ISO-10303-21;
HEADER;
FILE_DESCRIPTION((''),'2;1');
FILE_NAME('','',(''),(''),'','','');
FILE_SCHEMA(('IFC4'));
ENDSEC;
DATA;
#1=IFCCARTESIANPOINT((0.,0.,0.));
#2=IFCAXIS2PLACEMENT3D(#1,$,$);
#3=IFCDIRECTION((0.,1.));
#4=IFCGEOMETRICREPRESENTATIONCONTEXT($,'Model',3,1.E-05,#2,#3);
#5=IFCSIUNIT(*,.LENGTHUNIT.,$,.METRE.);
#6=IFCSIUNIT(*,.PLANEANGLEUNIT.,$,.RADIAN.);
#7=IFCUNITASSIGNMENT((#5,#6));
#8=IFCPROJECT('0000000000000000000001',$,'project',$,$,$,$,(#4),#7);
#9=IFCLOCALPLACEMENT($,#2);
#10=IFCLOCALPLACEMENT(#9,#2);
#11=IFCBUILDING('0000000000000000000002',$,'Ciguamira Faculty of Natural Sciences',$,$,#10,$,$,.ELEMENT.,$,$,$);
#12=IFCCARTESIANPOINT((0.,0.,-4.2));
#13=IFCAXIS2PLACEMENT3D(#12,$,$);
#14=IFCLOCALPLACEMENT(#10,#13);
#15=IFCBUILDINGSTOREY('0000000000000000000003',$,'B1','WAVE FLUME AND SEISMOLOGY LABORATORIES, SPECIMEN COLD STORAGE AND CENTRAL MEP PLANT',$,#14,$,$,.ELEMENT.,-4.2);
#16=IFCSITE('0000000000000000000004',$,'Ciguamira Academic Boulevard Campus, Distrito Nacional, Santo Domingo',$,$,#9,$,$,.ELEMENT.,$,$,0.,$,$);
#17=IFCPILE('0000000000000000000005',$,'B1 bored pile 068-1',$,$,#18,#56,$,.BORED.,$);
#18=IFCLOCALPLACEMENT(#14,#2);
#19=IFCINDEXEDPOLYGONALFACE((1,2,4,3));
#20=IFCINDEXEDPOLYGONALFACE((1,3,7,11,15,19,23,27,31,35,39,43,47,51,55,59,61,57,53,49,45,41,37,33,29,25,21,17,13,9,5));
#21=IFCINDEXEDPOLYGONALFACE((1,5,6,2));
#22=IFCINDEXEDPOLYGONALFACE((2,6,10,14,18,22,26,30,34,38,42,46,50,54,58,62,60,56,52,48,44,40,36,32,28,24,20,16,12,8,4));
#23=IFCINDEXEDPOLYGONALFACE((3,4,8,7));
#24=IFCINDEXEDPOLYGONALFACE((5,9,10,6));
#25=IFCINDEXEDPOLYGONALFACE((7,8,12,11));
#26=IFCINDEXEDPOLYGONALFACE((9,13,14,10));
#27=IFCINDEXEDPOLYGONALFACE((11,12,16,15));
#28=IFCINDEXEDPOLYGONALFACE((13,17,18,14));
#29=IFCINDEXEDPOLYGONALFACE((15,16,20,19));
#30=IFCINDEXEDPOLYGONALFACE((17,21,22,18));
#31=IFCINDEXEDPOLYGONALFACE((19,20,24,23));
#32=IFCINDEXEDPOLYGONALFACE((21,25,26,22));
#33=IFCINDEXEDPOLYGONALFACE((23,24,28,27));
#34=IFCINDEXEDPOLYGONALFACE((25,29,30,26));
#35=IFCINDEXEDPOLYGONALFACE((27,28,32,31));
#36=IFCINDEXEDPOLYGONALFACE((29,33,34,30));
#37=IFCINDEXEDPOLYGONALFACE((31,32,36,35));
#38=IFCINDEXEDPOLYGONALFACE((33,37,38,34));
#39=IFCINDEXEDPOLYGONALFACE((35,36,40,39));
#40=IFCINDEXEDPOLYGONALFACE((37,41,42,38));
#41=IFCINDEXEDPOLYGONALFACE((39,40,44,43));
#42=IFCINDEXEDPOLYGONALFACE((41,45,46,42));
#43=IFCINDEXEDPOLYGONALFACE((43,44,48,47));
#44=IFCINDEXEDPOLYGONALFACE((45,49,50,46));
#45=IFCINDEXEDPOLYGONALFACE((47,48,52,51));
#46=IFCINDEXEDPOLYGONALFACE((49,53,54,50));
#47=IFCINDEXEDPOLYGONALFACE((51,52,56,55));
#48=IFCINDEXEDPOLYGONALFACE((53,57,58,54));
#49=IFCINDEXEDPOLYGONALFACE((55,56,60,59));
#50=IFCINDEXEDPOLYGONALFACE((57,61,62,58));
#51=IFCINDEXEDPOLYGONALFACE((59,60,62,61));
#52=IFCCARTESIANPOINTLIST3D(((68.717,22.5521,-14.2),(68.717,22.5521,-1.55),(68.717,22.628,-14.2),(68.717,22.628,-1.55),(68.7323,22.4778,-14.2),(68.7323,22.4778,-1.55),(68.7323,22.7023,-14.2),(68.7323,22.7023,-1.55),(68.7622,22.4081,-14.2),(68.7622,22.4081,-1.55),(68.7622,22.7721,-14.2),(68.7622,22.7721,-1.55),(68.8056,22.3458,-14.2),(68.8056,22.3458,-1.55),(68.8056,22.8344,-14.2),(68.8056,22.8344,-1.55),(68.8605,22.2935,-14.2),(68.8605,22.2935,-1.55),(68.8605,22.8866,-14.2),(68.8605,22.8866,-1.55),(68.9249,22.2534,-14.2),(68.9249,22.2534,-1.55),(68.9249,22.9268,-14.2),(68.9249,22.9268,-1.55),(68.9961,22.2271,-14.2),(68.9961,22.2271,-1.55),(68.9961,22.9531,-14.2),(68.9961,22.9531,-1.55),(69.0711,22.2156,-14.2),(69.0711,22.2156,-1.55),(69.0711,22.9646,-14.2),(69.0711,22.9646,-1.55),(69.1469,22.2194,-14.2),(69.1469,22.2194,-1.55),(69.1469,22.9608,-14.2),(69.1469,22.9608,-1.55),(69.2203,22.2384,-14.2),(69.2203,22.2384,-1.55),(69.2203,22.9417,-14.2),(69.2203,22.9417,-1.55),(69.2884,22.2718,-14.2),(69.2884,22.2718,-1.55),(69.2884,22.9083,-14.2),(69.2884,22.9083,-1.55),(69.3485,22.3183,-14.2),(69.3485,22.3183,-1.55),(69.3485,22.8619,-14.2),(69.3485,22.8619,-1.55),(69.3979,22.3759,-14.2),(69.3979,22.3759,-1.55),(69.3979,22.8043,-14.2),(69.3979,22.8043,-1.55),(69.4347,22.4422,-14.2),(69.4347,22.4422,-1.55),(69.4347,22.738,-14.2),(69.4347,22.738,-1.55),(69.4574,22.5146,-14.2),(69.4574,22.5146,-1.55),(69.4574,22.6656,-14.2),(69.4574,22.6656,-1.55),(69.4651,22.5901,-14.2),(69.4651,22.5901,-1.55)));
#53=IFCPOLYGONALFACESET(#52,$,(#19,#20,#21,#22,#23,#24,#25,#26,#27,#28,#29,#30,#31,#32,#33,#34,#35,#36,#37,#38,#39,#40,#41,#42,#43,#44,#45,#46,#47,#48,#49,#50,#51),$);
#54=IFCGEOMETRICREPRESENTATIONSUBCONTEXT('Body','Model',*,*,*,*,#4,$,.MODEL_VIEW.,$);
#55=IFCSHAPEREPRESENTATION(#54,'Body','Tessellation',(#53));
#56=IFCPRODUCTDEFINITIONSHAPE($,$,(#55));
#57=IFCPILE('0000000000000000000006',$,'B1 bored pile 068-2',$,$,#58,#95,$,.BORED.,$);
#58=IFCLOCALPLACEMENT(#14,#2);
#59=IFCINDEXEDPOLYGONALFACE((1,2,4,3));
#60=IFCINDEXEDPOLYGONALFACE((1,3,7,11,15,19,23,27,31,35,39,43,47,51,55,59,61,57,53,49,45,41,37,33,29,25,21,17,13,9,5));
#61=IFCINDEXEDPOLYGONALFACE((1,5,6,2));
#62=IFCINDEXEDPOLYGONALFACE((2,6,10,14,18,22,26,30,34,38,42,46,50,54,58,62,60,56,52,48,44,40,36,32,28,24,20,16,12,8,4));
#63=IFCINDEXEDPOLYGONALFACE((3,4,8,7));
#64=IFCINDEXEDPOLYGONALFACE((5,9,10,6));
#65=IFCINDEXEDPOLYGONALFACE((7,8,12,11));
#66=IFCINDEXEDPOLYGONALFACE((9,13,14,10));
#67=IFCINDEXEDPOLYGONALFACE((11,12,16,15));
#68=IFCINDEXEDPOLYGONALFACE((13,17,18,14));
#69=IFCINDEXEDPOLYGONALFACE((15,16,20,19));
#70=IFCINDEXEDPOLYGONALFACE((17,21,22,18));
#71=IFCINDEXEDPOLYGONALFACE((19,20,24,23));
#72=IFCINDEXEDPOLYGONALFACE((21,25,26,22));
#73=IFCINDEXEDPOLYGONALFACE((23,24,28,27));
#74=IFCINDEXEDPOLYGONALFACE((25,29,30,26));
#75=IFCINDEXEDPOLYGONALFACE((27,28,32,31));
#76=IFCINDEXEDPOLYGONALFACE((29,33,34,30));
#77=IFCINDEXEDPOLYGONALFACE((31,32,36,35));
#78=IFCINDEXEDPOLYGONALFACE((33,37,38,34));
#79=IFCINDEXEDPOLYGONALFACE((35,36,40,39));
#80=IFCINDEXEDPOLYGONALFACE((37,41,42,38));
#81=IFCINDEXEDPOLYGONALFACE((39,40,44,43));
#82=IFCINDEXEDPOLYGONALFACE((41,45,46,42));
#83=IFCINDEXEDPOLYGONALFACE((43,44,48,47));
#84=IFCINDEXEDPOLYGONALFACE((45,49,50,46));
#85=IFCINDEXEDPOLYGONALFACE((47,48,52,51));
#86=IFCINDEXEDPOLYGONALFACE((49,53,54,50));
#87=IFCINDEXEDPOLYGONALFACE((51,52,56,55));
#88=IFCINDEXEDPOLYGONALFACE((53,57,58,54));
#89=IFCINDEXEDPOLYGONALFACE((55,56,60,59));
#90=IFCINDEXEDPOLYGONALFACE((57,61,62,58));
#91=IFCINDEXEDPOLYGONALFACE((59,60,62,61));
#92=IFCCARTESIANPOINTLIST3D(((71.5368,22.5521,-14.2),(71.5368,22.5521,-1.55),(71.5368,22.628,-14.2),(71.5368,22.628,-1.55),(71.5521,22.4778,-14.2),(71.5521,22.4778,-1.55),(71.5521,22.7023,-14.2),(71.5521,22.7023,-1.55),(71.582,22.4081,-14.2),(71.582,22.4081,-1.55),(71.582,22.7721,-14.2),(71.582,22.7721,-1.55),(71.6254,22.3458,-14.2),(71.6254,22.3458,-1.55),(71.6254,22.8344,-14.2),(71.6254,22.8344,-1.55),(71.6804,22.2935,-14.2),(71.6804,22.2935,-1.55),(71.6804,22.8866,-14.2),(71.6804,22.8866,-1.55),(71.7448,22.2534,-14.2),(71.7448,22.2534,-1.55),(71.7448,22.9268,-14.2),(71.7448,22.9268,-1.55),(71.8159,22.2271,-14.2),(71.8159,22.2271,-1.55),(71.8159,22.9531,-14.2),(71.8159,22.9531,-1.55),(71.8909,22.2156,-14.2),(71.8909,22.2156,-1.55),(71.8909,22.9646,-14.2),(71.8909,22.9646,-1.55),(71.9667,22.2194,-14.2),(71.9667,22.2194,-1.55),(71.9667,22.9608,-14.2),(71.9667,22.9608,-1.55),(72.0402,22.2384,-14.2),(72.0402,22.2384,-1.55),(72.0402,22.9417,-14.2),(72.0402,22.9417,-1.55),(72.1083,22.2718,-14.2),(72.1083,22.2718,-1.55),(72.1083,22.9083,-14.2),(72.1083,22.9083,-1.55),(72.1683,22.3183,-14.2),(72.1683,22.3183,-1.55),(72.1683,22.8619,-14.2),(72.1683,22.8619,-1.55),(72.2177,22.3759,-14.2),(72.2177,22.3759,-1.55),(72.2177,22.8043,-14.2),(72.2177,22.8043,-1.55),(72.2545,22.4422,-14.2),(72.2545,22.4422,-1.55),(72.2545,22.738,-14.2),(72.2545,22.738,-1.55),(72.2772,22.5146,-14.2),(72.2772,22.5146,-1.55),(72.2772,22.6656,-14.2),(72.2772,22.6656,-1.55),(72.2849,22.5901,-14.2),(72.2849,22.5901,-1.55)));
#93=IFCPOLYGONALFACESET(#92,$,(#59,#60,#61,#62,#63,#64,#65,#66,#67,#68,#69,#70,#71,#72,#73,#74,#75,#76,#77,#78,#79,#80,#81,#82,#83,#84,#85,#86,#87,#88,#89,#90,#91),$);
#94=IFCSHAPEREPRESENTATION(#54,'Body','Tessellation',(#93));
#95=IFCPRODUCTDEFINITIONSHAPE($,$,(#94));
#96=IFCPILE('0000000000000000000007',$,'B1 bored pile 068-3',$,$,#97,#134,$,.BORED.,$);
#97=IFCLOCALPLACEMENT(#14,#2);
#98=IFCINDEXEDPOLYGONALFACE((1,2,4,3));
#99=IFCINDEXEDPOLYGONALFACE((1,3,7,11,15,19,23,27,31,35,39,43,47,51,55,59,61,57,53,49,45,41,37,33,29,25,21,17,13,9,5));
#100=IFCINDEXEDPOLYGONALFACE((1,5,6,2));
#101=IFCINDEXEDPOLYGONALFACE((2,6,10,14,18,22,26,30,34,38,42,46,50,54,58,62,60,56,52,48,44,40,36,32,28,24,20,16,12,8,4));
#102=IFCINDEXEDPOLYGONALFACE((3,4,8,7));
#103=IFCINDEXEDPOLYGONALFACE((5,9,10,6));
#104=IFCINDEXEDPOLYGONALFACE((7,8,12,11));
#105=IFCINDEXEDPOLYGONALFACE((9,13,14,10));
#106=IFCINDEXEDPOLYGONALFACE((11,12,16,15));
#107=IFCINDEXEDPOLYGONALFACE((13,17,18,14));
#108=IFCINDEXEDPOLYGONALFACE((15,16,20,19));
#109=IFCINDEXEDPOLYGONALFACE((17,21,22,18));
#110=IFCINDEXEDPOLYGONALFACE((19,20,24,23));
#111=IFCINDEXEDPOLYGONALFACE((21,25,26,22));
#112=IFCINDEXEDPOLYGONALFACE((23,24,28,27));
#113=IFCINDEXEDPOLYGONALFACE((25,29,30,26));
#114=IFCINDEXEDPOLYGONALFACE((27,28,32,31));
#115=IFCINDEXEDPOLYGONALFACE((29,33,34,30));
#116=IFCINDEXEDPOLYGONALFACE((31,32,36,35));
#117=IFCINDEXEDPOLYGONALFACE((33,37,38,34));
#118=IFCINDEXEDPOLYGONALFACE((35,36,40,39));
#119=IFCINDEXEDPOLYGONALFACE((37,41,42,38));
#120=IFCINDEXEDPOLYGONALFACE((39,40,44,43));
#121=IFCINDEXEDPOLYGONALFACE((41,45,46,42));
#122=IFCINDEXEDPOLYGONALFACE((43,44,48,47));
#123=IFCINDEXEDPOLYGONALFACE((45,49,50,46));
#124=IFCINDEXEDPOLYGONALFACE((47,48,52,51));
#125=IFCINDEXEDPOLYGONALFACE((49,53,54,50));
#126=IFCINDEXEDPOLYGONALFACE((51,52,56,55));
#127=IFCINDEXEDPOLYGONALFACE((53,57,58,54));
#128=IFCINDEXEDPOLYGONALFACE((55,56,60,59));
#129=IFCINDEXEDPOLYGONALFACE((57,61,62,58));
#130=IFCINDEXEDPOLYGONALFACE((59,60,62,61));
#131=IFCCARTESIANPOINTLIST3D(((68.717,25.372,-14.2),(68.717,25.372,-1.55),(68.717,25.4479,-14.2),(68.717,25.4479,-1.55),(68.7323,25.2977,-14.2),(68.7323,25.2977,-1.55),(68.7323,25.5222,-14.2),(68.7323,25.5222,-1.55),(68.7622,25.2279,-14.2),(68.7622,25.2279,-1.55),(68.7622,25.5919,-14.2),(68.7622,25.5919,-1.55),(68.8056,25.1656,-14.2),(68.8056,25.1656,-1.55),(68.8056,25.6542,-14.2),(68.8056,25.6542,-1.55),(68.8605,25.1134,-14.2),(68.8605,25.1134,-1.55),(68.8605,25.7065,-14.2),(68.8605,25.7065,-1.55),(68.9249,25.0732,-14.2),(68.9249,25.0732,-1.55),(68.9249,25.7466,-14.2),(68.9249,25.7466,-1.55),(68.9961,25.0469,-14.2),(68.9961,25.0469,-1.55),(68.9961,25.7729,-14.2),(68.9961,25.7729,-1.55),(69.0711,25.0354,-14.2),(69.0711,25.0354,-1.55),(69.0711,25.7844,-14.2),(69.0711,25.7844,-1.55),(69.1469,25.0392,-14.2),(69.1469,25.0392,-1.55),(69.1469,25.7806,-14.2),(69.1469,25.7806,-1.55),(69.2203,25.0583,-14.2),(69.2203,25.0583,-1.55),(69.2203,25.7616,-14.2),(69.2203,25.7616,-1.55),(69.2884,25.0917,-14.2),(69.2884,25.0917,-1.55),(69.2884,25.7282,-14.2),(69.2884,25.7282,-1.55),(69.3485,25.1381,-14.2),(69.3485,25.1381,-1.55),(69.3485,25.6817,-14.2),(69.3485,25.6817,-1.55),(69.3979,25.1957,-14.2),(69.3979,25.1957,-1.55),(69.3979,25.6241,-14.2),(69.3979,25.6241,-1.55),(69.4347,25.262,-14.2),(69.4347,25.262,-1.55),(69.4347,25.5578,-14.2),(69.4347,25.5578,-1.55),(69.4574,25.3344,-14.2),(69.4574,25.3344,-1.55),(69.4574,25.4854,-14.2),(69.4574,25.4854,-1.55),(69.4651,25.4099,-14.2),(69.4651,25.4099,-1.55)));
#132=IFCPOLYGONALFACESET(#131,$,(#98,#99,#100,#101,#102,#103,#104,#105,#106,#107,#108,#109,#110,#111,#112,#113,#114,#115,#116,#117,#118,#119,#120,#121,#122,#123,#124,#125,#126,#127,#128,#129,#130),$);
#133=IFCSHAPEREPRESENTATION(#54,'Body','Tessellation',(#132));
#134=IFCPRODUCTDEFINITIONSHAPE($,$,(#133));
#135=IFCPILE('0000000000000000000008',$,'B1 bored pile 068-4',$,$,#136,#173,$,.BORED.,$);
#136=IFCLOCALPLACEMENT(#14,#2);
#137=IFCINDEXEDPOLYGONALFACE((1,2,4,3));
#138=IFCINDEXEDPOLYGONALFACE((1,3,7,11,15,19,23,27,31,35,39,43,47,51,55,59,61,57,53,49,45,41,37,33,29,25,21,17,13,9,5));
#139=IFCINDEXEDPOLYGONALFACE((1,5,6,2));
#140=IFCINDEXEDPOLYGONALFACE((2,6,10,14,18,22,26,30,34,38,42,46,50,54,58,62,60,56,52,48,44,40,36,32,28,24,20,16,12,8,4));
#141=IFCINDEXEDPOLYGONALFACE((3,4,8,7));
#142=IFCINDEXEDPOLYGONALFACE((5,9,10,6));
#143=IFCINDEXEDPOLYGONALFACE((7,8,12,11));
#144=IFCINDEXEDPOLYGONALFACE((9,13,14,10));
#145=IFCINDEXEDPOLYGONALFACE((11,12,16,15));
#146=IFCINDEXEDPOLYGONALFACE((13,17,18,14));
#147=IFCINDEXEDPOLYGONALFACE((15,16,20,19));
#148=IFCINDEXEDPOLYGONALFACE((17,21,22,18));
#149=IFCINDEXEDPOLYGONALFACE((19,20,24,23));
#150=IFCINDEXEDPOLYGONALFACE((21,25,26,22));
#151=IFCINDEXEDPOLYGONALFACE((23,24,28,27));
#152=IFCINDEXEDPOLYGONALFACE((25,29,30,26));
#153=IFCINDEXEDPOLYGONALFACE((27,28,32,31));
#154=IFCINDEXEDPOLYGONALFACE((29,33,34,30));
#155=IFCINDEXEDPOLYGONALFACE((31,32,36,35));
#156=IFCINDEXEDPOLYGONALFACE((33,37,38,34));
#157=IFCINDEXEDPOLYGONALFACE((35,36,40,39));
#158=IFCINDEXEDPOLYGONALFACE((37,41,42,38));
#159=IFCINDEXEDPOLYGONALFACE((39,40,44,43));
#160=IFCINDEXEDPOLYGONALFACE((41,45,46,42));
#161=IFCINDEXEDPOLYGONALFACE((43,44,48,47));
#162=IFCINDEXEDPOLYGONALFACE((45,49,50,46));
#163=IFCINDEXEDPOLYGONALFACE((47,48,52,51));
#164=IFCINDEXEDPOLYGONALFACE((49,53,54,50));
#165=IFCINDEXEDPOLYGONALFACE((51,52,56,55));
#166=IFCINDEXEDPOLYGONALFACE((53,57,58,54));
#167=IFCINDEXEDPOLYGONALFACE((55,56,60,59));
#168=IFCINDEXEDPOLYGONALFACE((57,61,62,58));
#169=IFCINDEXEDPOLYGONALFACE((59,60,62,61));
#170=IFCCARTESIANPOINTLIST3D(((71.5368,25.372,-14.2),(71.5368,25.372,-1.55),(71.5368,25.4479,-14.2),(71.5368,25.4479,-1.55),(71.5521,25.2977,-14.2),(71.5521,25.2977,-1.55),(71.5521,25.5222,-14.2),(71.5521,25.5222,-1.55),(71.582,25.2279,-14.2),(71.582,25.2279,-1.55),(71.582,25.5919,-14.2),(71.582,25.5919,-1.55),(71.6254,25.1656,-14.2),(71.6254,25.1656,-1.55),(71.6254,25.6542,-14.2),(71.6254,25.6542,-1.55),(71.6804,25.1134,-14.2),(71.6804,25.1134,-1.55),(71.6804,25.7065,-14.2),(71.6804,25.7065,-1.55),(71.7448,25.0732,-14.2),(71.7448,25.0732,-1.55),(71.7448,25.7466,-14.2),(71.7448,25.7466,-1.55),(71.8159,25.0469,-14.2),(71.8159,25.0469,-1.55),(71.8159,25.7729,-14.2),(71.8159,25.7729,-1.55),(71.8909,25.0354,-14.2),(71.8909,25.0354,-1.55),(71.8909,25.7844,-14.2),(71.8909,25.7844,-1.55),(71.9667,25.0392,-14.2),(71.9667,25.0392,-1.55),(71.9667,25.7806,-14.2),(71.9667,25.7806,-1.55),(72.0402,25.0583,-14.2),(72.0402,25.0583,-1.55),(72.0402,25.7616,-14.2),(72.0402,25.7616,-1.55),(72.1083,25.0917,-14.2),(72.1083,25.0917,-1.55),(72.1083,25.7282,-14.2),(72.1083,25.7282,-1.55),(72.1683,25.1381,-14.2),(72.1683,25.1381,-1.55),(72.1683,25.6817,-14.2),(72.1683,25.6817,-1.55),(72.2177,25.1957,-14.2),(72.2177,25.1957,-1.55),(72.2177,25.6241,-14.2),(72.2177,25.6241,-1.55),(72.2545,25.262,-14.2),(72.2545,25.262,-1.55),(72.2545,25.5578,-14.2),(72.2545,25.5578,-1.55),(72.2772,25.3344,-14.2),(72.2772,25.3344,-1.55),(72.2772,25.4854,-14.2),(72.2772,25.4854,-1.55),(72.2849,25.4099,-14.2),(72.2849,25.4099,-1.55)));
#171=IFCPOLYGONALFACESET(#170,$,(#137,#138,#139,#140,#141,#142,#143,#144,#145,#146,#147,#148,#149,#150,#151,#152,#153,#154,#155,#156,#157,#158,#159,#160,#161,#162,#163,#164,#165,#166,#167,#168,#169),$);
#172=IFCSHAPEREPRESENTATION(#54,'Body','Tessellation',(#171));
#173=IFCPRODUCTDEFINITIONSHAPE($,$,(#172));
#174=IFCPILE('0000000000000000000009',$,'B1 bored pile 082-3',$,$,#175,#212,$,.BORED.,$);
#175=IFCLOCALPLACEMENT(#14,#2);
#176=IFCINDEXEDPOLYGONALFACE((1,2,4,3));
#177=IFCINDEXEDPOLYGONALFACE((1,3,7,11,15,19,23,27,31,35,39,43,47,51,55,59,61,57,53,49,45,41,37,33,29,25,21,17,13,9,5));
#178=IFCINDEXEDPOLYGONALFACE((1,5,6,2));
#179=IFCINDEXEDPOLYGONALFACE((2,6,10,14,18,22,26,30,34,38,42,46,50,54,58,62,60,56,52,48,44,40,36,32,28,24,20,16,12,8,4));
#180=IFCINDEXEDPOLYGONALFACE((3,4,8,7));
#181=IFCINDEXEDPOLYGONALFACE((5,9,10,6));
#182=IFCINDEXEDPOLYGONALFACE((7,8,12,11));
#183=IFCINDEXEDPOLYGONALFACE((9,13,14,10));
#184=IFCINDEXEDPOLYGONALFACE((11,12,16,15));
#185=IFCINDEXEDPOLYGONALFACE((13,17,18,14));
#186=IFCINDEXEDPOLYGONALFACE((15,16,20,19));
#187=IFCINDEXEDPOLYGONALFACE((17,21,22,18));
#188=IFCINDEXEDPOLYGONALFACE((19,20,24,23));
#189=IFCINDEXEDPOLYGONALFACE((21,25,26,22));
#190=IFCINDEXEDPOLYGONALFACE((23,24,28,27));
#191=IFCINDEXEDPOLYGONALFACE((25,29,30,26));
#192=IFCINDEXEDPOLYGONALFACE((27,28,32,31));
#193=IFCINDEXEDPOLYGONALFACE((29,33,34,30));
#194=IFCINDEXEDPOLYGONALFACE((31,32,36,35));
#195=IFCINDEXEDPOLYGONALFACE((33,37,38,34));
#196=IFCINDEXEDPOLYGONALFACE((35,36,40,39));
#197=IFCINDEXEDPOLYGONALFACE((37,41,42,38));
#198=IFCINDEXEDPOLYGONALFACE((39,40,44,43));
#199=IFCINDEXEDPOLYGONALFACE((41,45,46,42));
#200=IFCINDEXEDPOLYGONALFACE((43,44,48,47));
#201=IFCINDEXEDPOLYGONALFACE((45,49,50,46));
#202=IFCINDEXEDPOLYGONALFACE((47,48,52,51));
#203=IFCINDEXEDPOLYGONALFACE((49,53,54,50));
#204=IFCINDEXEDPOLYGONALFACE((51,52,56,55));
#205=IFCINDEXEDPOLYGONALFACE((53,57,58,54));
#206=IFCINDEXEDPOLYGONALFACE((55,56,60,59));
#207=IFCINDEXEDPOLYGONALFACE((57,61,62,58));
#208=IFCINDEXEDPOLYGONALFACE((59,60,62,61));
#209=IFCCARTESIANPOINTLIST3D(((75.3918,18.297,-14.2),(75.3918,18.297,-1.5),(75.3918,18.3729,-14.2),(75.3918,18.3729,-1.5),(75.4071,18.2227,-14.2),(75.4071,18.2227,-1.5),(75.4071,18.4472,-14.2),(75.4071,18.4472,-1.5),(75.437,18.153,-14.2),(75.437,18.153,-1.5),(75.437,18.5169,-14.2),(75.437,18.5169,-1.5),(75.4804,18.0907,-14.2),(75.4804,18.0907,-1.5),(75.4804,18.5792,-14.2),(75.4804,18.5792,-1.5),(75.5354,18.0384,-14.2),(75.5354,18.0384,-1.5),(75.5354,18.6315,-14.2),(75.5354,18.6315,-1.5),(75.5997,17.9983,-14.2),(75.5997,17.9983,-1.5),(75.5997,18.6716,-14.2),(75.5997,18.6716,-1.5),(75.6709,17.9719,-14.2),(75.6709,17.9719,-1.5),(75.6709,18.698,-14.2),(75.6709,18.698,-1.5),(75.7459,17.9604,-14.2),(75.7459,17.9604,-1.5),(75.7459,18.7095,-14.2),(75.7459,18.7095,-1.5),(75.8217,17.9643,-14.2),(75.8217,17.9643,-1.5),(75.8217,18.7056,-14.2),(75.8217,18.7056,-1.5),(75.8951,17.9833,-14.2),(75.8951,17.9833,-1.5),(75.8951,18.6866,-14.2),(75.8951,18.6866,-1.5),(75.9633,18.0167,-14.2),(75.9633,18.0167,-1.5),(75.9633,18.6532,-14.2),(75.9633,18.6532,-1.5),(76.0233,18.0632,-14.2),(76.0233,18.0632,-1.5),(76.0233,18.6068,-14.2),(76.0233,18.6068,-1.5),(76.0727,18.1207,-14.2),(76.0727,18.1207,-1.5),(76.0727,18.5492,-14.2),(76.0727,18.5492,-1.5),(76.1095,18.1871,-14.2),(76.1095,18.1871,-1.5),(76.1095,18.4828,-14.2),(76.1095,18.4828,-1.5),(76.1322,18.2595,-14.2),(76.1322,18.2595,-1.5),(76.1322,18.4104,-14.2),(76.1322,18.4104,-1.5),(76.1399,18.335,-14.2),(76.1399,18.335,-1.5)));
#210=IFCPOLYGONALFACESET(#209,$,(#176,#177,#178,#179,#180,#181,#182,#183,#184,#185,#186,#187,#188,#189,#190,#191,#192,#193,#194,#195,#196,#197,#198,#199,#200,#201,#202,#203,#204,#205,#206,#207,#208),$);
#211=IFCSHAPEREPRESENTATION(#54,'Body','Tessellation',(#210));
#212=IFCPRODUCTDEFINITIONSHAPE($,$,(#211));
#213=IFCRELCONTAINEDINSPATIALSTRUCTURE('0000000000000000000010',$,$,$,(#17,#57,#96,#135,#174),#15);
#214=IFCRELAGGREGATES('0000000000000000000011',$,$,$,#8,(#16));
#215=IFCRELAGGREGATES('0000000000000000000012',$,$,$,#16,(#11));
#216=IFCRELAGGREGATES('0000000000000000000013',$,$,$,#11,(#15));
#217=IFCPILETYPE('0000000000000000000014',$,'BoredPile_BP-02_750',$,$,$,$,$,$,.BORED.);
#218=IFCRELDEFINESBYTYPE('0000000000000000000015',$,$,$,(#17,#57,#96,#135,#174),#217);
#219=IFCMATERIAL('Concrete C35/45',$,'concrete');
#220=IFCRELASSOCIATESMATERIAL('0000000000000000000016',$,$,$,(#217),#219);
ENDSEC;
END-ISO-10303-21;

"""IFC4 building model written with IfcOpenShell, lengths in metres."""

from ifc_helpers import new_model, si_unit, direction, frame, origin, origin_2d, place, context, subcontext, project, spatial, circle, extrude, material, material_profile, profile_set, type_object, element, save


model = new_model("IFC4")

# Units and contexts
model_context = context("Model", 3, precision=1e-05, world=origin(), true_north=direction((0.0, 1.0)))
body_context = subcontext(model_context, "Body", "Model", "MODEL_VIEW")
ifc_project = project(units=[si_unit("LENGTHUNIT", "METRE"), si_unit("PLANEANGLEUNIT", "RADIAN")], contexts=[model_context])

# Site, building, storey
site_placement = place(None, origin())
site = spatial("IfcSite", under=ifc_project, at=site_placement, Name="Ciguamira Academic Boulevard Campus, Distrito Nacional, Santo Domingo", CompositionType="ELEMENT", RefElevation=0.0)
building_placement = place(site_placement, origin())
building = spatial("IfcBuilding", under=site, at=building_placement, Name="Ciguamira Faculty of Natural Sciences", CompositionType="ELEMENT")
storey_placement = place(building_placement, frame((0.0, 0.0, -4.2)))
storey = spatial("IfcBuildingStorey", under=building, at=storey_placement, Name="B1", Description="WAVE FLUME AND SEISMOLOGY LABORATORIES, SPECIMEN COLD STORAGE AND CENTRAL MEP PLANT", CompositionType="ELEMENT", Elevation=-4.2)

# Piles
ifc_material_1 = material(Name="Concrete C35/45", Category="concrete")
ifc_material_profile_1 = material_profile(ifc_material_1, circle(Radius=0.375, at=origin_2d()), Name="PILE-BORED-750")
ifc_profile_set_1 = profile_set([ifc_material_profile_1], Name="Concrete C35/45")
pile_type = type_object("IfcPileType", Name="BoredPile_BP-02_750", PredefinedType="BORED", material=ifc_profile_set_1)
for number, where, z_axis, x_axis, name in (
    (1, (69.0901, 22.5901, -1.55), (0.0, 0.0, -1.0), (1.0, 0.0, 0.0), "B1 bored pile 068-1"),
    (2, (71.9099, 22.5901, -1.55), (0.0, 0.0, -1.0), (1.0, 0.0, 0.0), "B1 bored pile 068-2"),
    (3, (69.0901, 25.4099, -1.55), (0.0, 0.0, -1.0), (1.0, 0.0, 0.0), "B1 bored pile 068-3"),
    (4, (71.9099, 25.4099, -1.55), (0.0, 0.0, -1.0), (1.0, 0.0, 0.0), "B1 bored pile 068-4"),
):
    element("IfcPile", number, at=place(storey_placement, frame(where, z_axis=z_axis, x_axis=x_axis)), inside=storey, type_object=pile_type, Name=name, PredefinedType="BORED", context=body_context, shape_type="SweptSolid", body=[
        extrude(circle(Radius=0.375, at=origin_2d()), origin(), (0.0, 0.0, 1.0), 12.6499),
    ])
for number, where, z_axis, x_axis, name in (
    (5, (75.7649, 18.335, -1.5), (0.0, 0.0, -1.0), (1.0, 0.0, 0.0), "B1 bored pile 082-3"),
):
    element("IfcPile", number, at=place(storey_placement, frame(where, z_axis=z_axis, x_axis=x_axis)), inside=storey, type_object=pile_type, Name=name, PredefinedType="BORED", context=body_context, shape_type="SweptSolid", body=[
        extrude(circle(Radius=0.375, at=origin_2d()), origin(), (0.0, 0.0, 1.0), 12.7),
    ])

save(model, "model.ifc")
